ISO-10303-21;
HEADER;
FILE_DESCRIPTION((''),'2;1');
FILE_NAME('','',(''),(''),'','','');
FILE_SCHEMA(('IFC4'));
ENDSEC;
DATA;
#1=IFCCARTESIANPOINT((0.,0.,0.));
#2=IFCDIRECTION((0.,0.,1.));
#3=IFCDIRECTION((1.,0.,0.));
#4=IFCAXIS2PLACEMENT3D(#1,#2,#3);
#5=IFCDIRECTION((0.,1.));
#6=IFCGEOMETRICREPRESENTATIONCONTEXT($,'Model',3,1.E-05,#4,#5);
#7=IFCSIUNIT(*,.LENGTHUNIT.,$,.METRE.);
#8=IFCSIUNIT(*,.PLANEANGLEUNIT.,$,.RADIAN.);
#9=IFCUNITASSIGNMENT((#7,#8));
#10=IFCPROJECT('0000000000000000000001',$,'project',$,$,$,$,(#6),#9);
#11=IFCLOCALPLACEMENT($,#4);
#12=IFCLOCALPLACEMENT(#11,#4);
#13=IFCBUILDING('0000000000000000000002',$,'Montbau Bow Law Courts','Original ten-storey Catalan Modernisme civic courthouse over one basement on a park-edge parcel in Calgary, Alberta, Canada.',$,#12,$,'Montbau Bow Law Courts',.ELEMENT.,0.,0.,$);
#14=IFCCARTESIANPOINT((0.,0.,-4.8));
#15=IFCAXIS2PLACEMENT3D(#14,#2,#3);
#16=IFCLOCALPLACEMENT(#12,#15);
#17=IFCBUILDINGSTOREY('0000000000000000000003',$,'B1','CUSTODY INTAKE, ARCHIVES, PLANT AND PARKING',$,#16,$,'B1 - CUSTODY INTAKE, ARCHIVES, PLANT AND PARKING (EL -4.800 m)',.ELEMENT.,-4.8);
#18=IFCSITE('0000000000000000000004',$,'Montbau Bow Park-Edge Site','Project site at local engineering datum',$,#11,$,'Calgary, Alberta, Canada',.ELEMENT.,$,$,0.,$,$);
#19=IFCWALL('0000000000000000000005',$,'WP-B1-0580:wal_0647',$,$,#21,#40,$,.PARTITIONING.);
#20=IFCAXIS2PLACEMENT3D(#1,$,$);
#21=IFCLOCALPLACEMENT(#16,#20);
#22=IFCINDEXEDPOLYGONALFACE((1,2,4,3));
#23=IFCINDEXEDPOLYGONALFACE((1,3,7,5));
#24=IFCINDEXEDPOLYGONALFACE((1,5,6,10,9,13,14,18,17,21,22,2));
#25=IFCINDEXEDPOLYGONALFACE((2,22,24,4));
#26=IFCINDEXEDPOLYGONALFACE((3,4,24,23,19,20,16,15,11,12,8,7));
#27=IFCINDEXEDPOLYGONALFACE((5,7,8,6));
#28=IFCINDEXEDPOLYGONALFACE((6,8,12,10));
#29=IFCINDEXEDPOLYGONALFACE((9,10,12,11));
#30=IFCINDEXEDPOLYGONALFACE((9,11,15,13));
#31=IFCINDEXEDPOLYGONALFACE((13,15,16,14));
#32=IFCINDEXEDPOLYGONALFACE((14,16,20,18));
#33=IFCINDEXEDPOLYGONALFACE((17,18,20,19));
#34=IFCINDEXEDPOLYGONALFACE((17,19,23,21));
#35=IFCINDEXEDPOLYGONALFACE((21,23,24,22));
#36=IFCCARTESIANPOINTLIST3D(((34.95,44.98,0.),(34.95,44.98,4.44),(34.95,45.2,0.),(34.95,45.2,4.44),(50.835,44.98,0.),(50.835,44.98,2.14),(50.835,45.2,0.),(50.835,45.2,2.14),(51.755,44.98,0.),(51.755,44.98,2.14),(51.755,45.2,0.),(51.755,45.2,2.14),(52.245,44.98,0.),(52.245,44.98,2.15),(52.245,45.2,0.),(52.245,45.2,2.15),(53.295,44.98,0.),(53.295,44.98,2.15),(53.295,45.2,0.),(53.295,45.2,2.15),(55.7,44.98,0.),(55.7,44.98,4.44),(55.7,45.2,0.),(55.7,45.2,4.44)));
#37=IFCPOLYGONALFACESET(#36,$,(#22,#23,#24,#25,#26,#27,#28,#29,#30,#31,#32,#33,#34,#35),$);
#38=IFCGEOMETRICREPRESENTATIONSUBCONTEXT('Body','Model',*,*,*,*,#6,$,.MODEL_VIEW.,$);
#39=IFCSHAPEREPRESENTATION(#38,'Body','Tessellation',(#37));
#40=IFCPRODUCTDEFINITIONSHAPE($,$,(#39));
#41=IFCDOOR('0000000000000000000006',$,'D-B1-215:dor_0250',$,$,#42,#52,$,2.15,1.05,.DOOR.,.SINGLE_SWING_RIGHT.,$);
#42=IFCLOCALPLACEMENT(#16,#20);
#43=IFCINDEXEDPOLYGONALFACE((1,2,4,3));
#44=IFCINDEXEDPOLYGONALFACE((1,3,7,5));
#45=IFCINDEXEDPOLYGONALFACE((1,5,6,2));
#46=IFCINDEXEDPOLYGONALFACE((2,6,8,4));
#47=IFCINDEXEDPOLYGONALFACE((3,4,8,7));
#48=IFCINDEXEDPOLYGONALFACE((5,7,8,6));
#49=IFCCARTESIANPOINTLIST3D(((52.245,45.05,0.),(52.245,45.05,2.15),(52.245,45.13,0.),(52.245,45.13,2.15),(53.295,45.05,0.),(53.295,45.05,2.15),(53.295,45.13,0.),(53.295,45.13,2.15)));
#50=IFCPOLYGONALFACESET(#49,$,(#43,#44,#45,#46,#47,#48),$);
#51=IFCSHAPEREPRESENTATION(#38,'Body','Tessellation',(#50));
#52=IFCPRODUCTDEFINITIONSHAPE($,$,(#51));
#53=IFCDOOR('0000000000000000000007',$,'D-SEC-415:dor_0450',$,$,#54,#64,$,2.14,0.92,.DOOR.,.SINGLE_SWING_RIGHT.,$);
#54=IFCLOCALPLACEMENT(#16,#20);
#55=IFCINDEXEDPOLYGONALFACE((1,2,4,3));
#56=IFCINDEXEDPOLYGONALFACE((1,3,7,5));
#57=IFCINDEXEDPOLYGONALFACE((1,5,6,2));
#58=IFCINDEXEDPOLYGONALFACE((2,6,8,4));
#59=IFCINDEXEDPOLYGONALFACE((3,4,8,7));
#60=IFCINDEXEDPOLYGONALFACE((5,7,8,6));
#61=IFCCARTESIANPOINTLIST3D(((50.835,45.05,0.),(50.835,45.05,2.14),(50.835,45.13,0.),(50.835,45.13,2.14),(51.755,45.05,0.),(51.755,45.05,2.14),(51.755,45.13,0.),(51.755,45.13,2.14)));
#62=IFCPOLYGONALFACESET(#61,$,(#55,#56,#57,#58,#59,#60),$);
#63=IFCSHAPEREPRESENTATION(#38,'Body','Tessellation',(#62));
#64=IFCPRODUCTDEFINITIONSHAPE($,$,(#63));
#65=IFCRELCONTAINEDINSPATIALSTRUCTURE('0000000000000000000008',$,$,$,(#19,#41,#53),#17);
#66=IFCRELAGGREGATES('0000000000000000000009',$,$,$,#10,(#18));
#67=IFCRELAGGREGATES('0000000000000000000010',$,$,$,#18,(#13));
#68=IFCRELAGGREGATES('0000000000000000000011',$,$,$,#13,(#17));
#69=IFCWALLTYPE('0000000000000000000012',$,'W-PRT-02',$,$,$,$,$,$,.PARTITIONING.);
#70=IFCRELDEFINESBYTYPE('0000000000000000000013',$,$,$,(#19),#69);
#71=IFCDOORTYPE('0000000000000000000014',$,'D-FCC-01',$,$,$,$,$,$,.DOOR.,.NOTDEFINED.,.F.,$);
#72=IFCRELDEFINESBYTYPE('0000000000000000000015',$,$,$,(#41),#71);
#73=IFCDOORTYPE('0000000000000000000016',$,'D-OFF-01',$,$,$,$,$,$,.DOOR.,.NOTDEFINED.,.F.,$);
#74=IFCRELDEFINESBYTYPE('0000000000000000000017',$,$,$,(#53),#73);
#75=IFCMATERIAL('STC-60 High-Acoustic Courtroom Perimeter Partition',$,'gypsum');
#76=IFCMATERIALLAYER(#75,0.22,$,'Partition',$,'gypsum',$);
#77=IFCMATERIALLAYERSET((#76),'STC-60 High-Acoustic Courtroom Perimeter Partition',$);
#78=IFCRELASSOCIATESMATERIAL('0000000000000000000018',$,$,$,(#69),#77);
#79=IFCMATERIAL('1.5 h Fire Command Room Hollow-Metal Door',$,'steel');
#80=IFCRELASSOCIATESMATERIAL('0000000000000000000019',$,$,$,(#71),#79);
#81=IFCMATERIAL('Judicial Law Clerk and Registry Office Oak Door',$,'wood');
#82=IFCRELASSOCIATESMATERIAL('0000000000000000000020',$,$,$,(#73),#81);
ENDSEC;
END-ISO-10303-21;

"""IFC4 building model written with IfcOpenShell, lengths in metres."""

from ifc_helpers import new_model, si_unit, direction, frame, frame_2d, origin_with_axes, place, context, subcontext, project, spatial, rectangle, extrude, material, layer, layer_set, type_object, element, fill, save


model = new_model("IFC4")

# Units and contexts
model_context = context("Model", 3, precision=1e-05, world=origin_with_axes(), true_north=direction((0.0, 1.0)))
body_context = subcontext(model_context, "Body", "Model", "MODEL_VIEW")
ifc_project = project(units=[si_unit("LENGTHUNIT", "METRE"), si_unit("PLANEANGLEUNIT", "RADIAN")], contexts=[model_context])

# Site, building, storey
site_placement = place(None, origin_with_axes())
site = spatial("IfcSite", under=ifc_project, at=site_placement, Name="Montbau Bow Park-Edge Site", Description="Project site at local engineering datum", LongName="Calgary, Alberta, Canada", CompositionType="ELEMENT", RefElevation=0.0)
building_placement = place(site_placement, origin_with_axes())
building = spatial("IfcBuilding", under=site, at=building_placement, Name="Montbau Bow Law Courts", Description="Original ten-storey Catalan Modernisme civic courthouse over one basement on a park-edge parcel in Calgary, Alberta, Canada.", LongName="Montbau Bow Law Courts", CompositionType="ELEMENT", ElevationOfRefHeight=0.0, ElevationOfTerrain=0.0)
storey_placement = place(building_placement, frame((0.0, 0.0, -4.8), z_axis=(0.0, 0.0, 1.0), x_axis=(1.0, 0.0, 0.0)))
storey = spatial("IfcBuildingStorey", under=building, at=storey_placement, Name="B1", Description="CUSTODY INTAKE, ARCHIVES, PLANT AND PARKING", LongName="B1 - CUSTODY INTAKE, ARCHIVES, PLANT AND PARKING (EL -4.800 m)", CompositionType="ELEMENT", Elevation=-4.8)

# Wall, openings, doors
ifc_material_1 = material(Name="STC-60 High-Acoustic Courtroom Perimeter Partition", Category="gypsum")
ifc_layer_1 = layer(ifc_material_1, 0.22, Name="Partition", Category="gypsum")
ifc_layer_set_1 = layer_set([ifc_layer_1], Name="STC-60 High-Acoustic Courtroom Perimeter Partition")
wall_type_1 = type_object("IfcWallType", Name="W-PRT-02", PredefinedType="PARTITIONING", material=ifc_layer_set_1)
wall_1_placement = place(None, frame((34.95, 45.09, -4.8), z_axis=(0.0, 0.0, 1.0), x_axis=(1.0, 0.0, 0.0)))
wall_1 = element("IfcWall", 1, at=wall_1_placement, inside=storey, type_object=wall_type_1, Name="WP-B1-0580:wal_0647", PredefinedType="PARTITIONING", context=body_context, shape_type="SweptSolid", body=[
    extrude(rectangle(XDim=20.75, YDim=0.22, at=frame_2d((10.375, 0.0), x_axis=(1.0, 0.0))), origin_with_axes(), (0.0, 0.0, 1.0), 4.44),
])
opening_1_placement = place(None, frame((52.77, 45.09, -4.8), z_axis=(0.0, 0.0, 1.0), x_axis=(1.0, 0.0, 0.0)))
opening_1 = element("IfcOpeningElement", 2, at=opening_1_placement, cuts=wall_1, PredefinedType="OPENING", context=body_context, shape_type="SweptSolid", body=[
    extrude(rectangle(XDim=1.05, YDim=2.15, at=frame_2d((0.0, 1.075), x_axis=(1.0, 0.0))), frame((0.0, 0.12, 0.0), z_axis=(0.0, -1.0, 0.0), x_axis=(1.0, 0.0, 0.0)), (0.0, 0.0, 1.0), 0.24),
])
opening_2_placement = place(None, frame((51.295, 45.09, -4.8), z_axis=(0.0, 0.0, 1.0), x_axis=(1.0, 0.0, 0.0)))
opening_2 = element("IfcOpeningElement", 3, at=opening_2_placement, cuts=wall_1, PredefinedType="OPENING", context=body_context, shape_type="SweptSolid", body=[
    extrude(rectangle(XDim=0.92, YDim=2.14, at=frame_2d((0.0, 1.07), x_axis=(1.0, 0.0))), frame((0.0, 0.12, 0.0), z_axis=(0.0, -1.0, 0.0), x_axis=(1.0, 0.0, 0.0)), (0.0, 0.0, 1.0), 0.24),
])
ifc_material_2 = material(Name="1.5 h Fire Command Room Hollow-Metal Door", Category="steel")
door_type_1 = type_object("IfcDoorType", Name="D-FCC-01", OperationType="NOTDEFINED", ParameterTakesPrecedence=False, PredefinedType="DOOR", material=ifc_material_2)
door_1_placement = place(None, frame((52.77, 45.09, -4.8), z_axis=(0.0, 0.0, 1.0), x_axis=(-1.0, 0.0, 0.0)))
door_1 = element("IfcDoor", 4, at=door_1_placement, inside=storey, type_object=door_type_1, Name="D-B1-215:dor_0250", OperationType="SINGLE_SWING_RIGHT", OverallHeight=2.15, OverallWidth=1.05, PredefinedType="DOOR", context=body_context, shape_type="SweptSolid", body=[
    extrude(rectangle(XDim=1.05, YDim=2.15, at=frame_2d((0.0, 1.075), x_axis=(1.0, 0.0))), frame((0.0, 0.04, 0.0), z_axis=(0.0, -1.0, 0.0), x_axis=(1.0, 0.0, 0.0)), (0.0, 0.0, 1.0), 0.08),
])
fill(opening_1, door_1)
ifc_material_3 = material(Name="Judicial Law Clerk and Registry Office Oak Door", Category="wood")
door_type_2 = type_object("IfcDoorType", Name="D-OFF-01", OperationType="NOTDEFINED", ParameterTakesPrecedence=False, PredefinedType="DOOR", material=ifc_material_3)
door_2_placement = place(None, frame((51.295, 45.09, -4.8), z_axis=(0.0, 0.0, 1.0), x_axis=(1.0, 0.0, 0.0)))
door_2 = element("IfcDoor", 5, at=door_2_placement, inside=storey, type_object=door_type_2, Name="D-SEC-415:dor_0450", OperationType="SINGLE_SWING_RIGHT", OverallHeight=2.14, OverallWidth=0.92, PredefinedType="DOOR", context=body_context, shape_type="SweptSolid", body=[
    extrude(rectangle(XDim=0.92, YDim=2.14, at=frame_2d((0.0, 1.07), x_axis=(1.0, 0.0))), frame((0.0, 0.04, 0.0), z_axis=(0.0, -1.0, 0.0), x_axis=(1.0, 0.0, 0.0)), (0.0, 0.0, 1.0), 0.08),
])
fill(opening_2, door_2)

save(model, "model.ifc")
